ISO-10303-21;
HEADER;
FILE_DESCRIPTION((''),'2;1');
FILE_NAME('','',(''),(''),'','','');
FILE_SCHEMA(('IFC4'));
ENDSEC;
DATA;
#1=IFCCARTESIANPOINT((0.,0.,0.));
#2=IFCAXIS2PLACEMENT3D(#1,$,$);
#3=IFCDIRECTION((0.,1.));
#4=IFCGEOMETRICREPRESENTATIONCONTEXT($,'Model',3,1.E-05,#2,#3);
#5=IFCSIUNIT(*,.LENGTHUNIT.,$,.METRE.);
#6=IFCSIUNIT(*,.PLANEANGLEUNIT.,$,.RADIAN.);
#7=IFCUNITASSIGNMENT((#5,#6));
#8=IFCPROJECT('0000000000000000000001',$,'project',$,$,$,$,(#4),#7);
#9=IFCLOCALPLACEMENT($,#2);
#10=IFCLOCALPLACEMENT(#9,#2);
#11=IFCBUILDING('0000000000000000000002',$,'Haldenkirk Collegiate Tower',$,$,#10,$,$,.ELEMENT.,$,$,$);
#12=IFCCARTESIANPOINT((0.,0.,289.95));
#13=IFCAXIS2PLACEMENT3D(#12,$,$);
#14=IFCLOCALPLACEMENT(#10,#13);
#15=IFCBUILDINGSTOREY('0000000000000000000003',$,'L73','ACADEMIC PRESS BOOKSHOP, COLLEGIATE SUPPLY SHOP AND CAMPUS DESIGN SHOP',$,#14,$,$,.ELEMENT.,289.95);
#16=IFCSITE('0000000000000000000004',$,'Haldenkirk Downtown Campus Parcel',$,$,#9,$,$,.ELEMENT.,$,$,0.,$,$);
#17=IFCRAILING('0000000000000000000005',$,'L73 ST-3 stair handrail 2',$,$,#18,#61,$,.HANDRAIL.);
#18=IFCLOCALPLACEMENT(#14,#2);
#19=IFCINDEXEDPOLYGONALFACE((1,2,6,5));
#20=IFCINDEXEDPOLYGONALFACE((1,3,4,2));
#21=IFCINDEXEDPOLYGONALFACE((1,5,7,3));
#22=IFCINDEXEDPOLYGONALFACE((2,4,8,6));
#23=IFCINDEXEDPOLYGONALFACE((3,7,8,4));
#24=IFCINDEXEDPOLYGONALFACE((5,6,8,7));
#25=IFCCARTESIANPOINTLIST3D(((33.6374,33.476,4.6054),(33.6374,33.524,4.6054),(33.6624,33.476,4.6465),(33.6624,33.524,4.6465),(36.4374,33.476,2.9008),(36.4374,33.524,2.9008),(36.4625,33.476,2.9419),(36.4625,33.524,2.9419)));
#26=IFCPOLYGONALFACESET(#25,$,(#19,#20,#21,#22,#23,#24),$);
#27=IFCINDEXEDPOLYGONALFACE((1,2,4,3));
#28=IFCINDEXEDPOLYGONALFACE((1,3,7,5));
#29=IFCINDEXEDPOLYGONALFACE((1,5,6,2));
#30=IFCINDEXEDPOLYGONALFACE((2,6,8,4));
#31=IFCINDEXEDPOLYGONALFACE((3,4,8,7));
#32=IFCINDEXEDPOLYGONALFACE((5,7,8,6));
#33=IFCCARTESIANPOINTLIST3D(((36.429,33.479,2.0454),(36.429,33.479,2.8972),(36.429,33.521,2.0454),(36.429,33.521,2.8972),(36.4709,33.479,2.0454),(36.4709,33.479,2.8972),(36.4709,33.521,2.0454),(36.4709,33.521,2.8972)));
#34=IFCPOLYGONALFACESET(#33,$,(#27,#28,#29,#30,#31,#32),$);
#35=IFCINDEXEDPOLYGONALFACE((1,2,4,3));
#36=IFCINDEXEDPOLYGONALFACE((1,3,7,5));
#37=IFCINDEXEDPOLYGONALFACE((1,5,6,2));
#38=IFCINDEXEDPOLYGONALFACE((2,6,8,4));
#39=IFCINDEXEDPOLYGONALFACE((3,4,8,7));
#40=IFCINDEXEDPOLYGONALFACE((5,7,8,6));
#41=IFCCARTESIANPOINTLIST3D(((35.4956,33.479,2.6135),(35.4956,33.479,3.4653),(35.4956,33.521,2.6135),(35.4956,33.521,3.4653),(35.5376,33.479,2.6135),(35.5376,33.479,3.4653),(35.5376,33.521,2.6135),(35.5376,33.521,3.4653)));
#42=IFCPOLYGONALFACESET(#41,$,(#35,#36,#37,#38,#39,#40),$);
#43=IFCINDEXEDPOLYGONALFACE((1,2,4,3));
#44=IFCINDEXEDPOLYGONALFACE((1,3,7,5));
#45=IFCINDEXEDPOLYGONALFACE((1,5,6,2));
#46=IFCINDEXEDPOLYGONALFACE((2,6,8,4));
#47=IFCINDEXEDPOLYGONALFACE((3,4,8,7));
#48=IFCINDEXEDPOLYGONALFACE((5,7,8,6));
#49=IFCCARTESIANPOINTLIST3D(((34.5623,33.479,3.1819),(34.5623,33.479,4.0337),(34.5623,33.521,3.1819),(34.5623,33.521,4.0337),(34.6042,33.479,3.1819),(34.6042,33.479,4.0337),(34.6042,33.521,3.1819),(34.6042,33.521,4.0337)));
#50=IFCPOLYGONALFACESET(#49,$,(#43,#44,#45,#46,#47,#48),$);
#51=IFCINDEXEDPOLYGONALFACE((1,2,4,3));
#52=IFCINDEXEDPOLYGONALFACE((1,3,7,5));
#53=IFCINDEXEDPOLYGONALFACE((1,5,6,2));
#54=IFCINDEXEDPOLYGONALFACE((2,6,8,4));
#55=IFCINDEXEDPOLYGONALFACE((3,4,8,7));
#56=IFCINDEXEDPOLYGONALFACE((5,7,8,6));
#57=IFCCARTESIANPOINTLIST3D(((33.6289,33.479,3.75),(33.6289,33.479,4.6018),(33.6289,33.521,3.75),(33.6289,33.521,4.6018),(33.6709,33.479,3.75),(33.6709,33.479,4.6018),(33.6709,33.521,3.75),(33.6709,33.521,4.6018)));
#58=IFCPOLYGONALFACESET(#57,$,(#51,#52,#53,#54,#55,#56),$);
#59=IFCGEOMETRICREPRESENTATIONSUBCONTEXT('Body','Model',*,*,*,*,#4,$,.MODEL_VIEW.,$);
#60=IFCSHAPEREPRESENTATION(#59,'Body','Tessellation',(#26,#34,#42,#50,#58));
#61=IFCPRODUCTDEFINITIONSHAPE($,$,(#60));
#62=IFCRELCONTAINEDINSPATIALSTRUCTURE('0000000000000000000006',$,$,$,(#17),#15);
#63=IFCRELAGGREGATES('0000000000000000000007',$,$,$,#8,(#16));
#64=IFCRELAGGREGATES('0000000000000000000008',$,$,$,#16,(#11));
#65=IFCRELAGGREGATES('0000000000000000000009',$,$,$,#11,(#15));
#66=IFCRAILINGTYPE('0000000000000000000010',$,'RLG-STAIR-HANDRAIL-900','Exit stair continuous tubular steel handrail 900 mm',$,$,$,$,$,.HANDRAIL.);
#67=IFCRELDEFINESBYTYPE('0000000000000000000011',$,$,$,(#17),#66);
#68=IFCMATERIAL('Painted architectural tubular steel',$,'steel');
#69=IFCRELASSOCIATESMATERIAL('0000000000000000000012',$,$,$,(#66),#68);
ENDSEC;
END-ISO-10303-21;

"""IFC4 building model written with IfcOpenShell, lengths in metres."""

from ifc_helpers import new_model, si_unit, direction, frame, origin, origin_2d, place, context, subcontext, project, spatial, rectangle, extrude, material, type_object, element, save


model = new_model("IFC4")

# Units and contexts
model_context = context("Model", 3, precision=1e-05, world=origin(), true_north=direction((0.0, 1.0)))
body_context = subcontext(model_context, "Body", "Model", "MODEL_VIEW")
ifc_project = project(units=[si_unit("LENGTHUNIT", "METRE"), si_unit("PLANEANGLEUNIT", "RADIAN")], contexts=[model_context])

# Site, building, storey
site_placement = place(None, origin())
site = spatial("IfcSite", under=ifc_project, at=site_placement, Name="Haldenkirk Downtown Campus Parcel", CompositionType="ELEMENT", RefElevation=0.0)
building_placement = place(site_placement, origin())
building = spatial("IfcBuilding", under=site, at=building_placement, Name="Haldenkirk Collegiate Tower", CompositionType="ELEMENT")
storey_placement = place(building_placement, frame((0.0, 0.0, 289.95)))
storey = spatial("IfcBuildingStorey", under=building, at=storey_placement, Name="L73", Description="ACADEMIC PRESS BOOKSHOP, COLLEGIATE SUPPLY SHOP AND CAMPUS DESIGN SHOP", CompositionType="ELEMENT", Elevation=289.95)

# Railing
ifc_material_1 = material(Name="Painted architectural tubular steel", Category="steel")
railing_type_1 = type_object("IfcRailingType", Name="RLG-STAIR-HANDRAIL-900", Description="Exit stair continuous tubular steel handrail 900 mm", PredefinedType="HANDRAIL", material=ifc_material_1)
railing_1_placement = place(storey_placement, frame((36.45, 33.5, 2.0454)))
element("IfcRailing", 1, at=railing_1_placement, inside=storey, type_object=railing_type_1, Name="L73 ST-3 stair handrail 2", PredefinedType="HANDRAIL", context=body_context, shape_type="SweptSolid", body=[
    extrude(rectangle(XDim=0.0481, YDim=0.0481, at=origin_2d()), frame((0.0, 0.0, 0.876), z_axis=(-0.85417, 0.0, 0.519994), x_axis=(0.0, -1.0, 0.0)), (0.0, 0.0, 1.0), 3.2781),
    extrude(rectangle(XDim=0.042, YDim=0.042, at=origin_2d()), origin(), (0.0, 0.0, 1.0), 0.8518),
    extrude(rectangle(XDim=0.042, YDim=0.042, at=origin_2d()), frame((-0.9333, 0.0, 0.5681)), (0.0, 0.0, 1.0), 0.8518),
    extrude(rectangle(XDim=0.042, YDim=0.042, at=origin_2d()), frame((-1.8667, 0.0, 1.1365)), (0.0, 0.0, 1.0), 0.8518),
    extrude(rectangle(XDim=0.042, YDim=0.042, at=origin_2d()), frame((-2.8, 0.0, 1.7046)), (0.0, 0.0, 1.0), 0.8518),
])

save(model, "model.ifc")
